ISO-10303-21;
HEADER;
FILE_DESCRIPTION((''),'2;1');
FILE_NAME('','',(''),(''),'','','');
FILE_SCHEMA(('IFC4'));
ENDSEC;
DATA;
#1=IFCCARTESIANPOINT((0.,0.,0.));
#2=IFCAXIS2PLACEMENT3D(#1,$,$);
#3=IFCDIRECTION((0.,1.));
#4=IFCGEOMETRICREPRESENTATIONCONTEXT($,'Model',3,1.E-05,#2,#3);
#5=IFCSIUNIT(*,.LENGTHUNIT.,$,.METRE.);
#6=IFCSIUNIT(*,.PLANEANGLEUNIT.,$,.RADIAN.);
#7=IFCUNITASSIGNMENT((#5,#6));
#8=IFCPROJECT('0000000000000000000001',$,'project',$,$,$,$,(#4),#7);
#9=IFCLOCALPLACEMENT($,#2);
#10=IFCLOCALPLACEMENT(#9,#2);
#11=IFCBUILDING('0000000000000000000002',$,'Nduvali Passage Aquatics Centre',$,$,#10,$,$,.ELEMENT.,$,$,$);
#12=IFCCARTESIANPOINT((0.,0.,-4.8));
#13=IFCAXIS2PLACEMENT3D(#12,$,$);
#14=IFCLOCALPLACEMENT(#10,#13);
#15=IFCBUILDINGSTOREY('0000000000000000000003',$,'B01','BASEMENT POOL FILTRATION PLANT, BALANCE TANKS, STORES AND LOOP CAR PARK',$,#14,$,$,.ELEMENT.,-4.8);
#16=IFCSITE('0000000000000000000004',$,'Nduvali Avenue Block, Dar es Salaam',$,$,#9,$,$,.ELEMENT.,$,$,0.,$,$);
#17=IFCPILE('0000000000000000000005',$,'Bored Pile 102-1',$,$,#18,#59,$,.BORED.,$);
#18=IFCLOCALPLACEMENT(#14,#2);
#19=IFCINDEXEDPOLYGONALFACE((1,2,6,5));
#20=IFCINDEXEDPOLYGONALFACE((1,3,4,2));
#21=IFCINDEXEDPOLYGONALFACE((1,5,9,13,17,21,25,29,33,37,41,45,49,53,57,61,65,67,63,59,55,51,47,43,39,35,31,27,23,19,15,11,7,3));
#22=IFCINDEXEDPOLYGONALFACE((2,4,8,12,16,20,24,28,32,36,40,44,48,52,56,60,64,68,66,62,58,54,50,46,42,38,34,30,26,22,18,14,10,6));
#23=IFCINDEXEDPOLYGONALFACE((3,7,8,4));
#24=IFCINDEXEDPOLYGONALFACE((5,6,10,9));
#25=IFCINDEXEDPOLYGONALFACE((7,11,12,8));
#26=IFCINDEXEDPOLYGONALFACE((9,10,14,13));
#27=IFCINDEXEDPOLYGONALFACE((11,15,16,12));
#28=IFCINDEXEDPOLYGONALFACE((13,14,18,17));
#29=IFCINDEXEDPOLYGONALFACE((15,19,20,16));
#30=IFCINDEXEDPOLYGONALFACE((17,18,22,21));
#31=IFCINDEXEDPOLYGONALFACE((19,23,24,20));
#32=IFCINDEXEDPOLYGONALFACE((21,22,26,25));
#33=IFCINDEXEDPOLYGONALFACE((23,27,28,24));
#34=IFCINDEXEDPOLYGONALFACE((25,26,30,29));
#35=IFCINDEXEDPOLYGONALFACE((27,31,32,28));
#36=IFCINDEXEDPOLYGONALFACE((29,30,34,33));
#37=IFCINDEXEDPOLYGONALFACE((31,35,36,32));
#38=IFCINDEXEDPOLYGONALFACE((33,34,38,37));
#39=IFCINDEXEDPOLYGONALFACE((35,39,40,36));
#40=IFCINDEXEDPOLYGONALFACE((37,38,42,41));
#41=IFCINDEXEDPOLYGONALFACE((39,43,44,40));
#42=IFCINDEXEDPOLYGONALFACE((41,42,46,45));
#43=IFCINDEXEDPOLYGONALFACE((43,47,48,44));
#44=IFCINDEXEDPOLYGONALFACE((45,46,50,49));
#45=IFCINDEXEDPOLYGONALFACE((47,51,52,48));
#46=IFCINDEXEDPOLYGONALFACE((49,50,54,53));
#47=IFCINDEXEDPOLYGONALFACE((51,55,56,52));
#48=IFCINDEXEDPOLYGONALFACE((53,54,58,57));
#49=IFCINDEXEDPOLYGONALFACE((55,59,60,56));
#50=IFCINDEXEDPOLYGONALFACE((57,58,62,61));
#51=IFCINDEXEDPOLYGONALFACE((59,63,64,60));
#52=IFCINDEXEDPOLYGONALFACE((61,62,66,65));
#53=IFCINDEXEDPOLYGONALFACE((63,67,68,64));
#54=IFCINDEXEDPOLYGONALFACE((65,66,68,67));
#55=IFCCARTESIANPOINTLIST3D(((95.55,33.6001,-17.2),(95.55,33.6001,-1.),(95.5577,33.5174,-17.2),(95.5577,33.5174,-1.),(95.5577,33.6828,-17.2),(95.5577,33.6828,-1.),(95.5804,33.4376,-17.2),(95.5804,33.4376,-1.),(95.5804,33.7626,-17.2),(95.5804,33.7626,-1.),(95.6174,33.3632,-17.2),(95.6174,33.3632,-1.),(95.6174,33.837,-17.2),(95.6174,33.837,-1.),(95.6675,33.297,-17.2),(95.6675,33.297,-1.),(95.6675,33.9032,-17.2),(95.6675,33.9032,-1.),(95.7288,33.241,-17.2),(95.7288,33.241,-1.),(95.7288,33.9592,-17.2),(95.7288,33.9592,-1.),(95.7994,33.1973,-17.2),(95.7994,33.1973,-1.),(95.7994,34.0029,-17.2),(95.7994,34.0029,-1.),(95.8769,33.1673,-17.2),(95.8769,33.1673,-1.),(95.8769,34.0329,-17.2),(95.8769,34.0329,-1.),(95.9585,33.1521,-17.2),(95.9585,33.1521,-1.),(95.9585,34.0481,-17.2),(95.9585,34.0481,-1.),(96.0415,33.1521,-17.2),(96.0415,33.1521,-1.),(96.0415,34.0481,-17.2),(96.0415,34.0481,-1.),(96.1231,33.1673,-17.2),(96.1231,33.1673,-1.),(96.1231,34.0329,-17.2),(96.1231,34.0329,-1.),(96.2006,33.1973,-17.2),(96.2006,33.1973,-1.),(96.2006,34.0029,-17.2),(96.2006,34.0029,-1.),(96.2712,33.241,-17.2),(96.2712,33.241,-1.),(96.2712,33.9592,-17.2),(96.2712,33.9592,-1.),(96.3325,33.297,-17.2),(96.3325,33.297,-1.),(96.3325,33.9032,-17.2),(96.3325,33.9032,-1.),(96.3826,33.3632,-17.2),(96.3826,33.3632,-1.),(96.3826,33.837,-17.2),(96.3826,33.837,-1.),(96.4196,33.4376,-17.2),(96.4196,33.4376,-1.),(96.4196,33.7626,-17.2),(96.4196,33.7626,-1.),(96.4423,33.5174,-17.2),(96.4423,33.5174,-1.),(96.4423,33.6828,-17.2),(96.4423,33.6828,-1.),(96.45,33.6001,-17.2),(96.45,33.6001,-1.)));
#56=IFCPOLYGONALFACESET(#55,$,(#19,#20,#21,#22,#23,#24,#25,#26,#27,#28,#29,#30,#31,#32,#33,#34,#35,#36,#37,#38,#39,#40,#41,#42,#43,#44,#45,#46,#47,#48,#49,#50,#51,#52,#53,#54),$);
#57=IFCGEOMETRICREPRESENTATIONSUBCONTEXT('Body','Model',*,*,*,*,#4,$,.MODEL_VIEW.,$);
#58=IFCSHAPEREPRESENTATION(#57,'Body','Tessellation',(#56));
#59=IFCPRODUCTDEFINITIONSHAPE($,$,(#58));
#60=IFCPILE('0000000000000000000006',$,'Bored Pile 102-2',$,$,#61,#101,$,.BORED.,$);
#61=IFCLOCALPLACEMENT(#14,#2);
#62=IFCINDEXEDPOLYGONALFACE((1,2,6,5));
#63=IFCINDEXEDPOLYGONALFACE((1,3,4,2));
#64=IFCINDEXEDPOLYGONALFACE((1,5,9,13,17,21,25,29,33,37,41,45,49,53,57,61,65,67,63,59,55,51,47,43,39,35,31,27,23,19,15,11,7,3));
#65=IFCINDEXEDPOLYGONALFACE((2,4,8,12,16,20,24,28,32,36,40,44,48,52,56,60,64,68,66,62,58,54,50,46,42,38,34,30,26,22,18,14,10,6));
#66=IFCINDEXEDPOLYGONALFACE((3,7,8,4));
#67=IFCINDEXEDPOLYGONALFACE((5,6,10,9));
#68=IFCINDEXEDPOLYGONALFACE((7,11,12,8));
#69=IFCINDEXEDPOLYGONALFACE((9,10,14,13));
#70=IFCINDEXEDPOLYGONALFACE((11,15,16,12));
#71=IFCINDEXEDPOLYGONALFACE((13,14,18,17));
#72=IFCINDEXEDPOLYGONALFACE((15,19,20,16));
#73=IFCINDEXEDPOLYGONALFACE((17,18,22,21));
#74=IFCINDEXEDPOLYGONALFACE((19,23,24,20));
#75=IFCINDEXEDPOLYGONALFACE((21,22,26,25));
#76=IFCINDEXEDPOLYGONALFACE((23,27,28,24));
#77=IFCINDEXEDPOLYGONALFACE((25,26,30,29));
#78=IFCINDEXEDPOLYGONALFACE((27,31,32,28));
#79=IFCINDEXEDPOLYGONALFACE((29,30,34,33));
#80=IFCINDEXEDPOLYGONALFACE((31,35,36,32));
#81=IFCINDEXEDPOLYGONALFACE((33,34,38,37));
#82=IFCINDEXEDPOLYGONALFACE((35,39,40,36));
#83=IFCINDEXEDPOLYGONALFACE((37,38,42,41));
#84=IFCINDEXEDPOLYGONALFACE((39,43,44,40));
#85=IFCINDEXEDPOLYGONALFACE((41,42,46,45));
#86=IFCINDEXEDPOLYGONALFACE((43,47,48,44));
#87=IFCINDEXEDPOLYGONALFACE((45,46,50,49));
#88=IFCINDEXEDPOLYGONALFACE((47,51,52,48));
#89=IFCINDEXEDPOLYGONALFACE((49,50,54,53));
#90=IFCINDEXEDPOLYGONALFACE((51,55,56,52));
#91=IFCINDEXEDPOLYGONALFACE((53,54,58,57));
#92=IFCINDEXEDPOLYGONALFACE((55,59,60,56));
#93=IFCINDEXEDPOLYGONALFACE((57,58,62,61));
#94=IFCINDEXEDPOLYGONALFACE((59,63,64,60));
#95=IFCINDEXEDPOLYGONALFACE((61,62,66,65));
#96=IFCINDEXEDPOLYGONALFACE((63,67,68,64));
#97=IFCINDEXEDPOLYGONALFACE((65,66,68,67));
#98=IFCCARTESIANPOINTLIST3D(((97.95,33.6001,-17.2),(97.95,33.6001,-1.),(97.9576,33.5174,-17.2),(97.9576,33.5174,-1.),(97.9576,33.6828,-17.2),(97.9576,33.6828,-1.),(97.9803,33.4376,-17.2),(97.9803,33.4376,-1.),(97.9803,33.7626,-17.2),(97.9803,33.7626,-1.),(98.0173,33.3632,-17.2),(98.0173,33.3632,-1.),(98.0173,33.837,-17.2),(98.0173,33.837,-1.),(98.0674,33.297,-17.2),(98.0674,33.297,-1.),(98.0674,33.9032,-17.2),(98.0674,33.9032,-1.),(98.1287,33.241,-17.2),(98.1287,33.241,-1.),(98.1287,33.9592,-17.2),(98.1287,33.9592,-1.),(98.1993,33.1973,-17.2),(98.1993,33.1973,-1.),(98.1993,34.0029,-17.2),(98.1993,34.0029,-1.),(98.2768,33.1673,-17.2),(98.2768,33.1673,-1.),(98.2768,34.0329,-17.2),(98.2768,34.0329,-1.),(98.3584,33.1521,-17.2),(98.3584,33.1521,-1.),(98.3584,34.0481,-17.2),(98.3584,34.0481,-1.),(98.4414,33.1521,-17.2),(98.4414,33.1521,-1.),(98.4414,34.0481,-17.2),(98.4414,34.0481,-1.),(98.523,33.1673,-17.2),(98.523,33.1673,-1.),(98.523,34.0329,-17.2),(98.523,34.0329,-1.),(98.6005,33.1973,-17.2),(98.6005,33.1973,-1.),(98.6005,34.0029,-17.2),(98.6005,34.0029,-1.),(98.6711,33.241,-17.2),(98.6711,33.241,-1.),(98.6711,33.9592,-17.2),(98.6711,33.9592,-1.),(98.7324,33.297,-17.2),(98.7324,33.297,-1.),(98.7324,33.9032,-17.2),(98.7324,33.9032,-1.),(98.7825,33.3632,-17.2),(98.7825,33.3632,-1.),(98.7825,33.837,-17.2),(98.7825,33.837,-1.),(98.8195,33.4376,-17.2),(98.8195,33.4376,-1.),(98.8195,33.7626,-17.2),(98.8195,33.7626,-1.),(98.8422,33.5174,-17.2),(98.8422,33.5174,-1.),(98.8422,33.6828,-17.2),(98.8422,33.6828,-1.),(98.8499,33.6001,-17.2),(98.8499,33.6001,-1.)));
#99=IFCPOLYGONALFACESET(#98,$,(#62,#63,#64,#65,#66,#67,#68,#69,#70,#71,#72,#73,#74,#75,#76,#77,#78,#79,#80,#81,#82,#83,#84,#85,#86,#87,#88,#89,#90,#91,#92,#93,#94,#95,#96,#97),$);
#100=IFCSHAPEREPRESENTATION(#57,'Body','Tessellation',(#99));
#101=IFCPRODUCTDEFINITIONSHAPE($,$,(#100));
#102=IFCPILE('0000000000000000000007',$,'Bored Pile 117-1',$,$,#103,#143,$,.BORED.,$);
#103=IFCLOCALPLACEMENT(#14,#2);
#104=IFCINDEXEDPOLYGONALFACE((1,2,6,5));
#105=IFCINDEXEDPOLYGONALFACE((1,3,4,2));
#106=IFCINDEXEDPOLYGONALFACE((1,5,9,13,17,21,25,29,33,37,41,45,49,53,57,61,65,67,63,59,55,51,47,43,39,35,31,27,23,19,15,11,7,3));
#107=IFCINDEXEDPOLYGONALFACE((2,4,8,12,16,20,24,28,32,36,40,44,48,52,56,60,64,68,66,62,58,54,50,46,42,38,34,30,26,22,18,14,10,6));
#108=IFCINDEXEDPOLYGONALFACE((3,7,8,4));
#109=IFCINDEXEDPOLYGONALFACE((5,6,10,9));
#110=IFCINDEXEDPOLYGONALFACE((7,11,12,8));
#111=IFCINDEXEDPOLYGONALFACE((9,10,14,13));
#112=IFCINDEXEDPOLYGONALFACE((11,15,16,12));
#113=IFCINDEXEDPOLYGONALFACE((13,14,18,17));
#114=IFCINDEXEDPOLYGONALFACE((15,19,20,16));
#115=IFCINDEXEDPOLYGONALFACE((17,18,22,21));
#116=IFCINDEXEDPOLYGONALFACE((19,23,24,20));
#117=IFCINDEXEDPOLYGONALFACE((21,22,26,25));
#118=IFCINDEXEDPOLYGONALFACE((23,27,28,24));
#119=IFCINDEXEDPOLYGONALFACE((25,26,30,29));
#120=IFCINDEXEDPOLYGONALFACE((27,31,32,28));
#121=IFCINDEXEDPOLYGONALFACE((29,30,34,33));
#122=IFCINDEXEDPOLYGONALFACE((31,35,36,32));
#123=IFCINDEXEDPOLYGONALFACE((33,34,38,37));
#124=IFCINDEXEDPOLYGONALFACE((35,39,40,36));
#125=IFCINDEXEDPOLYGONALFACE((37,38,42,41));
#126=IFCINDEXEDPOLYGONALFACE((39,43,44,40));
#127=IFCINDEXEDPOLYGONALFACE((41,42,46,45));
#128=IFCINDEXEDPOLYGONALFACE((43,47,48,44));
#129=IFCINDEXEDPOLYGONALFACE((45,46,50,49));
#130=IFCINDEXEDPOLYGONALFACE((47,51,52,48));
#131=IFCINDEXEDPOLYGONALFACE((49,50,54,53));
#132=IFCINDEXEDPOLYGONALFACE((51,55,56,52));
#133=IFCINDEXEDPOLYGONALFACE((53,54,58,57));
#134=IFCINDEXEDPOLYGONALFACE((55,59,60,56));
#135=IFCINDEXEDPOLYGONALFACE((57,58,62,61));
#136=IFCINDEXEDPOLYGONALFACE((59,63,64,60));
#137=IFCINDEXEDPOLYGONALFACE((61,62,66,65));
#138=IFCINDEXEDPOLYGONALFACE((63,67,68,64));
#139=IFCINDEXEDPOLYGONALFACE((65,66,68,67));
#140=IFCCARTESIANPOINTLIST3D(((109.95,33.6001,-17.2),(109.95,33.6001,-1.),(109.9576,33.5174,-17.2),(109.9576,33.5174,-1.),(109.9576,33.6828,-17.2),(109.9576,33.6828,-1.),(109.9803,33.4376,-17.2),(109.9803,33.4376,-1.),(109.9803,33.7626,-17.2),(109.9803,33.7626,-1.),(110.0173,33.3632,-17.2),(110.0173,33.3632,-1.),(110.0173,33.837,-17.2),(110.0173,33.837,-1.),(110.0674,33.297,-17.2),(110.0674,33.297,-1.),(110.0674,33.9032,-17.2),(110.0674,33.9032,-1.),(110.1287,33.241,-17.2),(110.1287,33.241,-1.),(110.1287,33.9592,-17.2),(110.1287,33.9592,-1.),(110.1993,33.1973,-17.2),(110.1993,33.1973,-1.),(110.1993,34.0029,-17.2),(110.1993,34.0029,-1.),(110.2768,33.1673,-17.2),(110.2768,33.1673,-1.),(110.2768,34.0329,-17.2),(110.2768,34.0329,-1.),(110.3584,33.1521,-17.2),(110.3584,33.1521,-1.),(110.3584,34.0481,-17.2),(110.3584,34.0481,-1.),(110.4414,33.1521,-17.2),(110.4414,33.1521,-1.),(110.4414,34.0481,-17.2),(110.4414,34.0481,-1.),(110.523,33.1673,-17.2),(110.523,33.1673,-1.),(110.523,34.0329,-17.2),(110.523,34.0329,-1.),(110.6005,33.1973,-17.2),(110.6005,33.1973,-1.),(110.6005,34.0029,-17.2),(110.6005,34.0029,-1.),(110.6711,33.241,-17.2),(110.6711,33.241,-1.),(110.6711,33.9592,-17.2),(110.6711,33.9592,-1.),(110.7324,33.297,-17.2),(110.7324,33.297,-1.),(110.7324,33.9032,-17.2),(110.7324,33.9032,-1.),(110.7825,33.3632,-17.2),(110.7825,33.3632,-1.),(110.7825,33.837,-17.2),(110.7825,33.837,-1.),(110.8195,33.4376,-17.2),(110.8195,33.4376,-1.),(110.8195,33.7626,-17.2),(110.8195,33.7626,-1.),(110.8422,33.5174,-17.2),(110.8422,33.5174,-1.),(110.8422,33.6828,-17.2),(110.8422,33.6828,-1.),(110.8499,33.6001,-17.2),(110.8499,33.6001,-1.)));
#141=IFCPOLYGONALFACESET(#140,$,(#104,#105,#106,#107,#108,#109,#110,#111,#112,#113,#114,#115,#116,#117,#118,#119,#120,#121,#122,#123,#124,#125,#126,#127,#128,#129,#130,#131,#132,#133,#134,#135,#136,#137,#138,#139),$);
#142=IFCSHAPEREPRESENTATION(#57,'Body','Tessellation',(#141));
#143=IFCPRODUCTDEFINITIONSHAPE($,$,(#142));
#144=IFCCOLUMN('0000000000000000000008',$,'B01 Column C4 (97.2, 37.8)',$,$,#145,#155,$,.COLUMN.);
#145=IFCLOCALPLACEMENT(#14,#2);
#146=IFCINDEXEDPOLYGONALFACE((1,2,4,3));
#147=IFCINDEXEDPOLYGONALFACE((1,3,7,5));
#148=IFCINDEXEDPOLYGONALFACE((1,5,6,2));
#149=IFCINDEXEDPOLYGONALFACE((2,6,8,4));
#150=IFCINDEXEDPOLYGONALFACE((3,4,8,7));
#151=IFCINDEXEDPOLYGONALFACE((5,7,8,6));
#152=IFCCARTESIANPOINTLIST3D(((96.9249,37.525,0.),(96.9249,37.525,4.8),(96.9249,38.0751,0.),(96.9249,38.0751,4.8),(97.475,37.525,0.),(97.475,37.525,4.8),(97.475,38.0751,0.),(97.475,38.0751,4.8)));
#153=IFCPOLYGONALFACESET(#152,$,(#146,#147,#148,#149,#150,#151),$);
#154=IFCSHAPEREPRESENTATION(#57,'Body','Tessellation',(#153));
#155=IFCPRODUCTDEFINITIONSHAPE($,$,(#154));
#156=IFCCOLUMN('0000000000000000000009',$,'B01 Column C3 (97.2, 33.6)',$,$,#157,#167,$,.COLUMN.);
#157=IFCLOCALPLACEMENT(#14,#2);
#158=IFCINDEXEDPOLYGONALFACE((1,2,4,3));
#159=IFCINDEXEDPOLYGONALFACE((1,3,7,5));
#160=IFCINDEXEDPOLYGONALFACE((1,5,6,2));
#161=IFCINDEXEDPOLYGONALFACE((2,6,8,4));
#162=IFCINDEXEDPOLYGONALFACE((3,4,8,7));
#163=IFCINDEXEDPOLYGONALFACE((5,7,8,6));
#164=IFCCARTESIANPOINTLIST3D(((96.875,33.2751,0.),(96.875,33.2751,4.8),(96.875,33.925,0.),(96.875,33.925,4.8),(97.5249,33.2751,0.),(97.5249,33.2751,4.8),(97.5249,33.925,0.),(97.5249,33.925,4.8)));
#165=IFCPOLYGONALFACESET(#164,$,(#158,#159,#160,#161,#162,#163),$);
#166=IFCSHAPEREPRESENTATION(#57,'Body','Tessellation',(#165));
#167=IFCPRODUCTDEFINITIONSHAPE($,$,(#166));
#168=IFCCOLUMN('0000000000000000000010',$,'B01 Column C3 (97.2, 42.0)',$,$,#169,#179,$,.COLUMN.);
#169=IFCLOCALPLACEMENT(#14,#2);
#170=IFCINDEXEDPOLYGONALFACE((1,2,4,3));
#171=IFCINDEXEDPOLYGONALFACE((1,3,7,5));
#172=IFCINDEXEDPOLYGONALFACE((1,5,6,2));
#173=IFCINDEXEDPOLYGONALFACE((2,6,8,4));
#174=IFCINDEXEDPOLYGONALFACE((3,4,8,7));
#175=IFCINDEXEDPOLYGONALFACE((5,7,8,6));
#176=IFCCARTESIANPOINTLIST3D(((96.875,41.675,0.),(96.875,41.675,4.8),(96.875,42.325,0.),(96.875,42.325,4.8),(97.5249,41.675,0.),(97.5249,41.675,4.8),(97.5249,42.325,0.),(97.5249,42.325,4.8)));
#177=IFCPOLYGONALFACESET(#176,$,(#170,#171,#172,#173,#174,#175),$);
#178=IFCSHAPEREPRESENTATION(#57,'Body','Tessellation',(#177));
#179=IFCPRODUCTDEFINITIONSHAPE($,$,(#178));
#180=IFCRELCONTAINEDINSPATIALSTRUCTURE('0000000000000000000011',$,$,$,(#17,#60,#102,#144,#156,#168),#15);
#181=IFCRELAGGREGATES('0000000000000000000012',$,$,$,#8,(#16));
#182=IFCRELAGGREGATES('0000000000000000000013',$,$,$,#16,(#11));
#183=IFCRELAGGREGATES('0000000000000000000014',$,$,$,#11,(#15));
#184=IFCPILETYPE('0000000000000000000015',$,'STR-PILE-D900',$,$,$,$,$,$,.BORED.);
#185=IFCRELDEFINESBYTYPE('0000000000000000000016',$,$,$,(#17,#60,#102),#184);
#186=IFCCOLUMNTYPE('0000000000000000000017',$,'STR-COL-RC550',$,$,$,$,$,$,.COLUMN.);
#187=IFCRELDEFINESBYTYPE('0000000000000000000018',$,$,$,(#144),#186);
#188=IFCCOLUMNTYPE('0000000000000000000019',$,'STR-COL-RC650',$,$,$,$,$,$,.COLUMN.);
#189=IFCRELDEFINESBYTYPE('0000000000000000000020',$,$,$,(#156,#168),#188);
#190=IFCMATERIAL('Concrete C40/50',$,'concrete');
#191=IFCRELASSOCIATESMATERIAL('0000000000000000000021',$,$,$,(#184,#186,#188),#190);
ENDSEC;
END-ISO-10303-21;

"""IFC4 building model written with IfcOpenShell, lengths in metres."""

from ifc_helpers import new_model, si_unit, direction, frame, origin, origin_2d, place, context, subcontext, project, spatial, rectangle, circle, extrude, material, material_profile, profile_set, type_object, element, save


model = new_model("IFC4")

# Units and contexts
model_context = context("Model", 3, precision=1e-05, world=origin(), true_north=direction((0.0, 1.0)))
body_context = subcontext(model_context, "Body", "Model", "MODEL_VIEW")
ifc_project = project(units=[si_unit("LENGTHUNIT", "METRE"), si_unit("PLANEANGLEUNIT", "RADIAN")], contexts=[model_context])

# Site, building, storey
site_placement = place(None, origin())
site = spatial("IfcSite", under=ifc_project, at=site_placement, Name="Nduvali Avenue Block, Dar es Salaam", CompositionType="ELEMENT", RefElevation=0.0)
building_placement = place(site_placement, origin())
building = spatial("IfcBuilding", under=site, at=building_placement, Name="Nduvali Passage Aquatics Centre", CompositionType="ELEMENT")
storey_placement = place(building_placement, frame((0.0, 0.0, -4.8)))
storey = spatial("IfcBuildingStorey", under=building, at=storey_placement, Name="B01", Description="BASEMENT POOL FILTRATION PLANT, BALANCE TANKS, STORES AND LOOP CAR PARK", CompositionType="ELEMENT", Elevation=-4.8)

# Shared definitions
ifc_material = material(Name="Concrete C40/50", Category="concrete")

# Piles
ifc_material_profile_1 = material_profile(ifc_material, circle(Radius=0.45, at=origin_2d()), Name="PILE D900")
ifc_profile_set_1 = profile_set([ifc_material_profile_1], Name="Concrete C40/50")
pile_type_1 = type_object("IfcPileType", Name="STR-PILE-D900", PredefinedType="BORED", material=ifc_profile_set_1)
for number, where, z_axis, x_axis, name in (
    (1, (96.0, 33.6001, -1.0), (0.0, 0.0, -1.0), (1.0, 0.0, 0.0), "Bored Pile 102-1"),
    (2, (98.3999, 33.6001, -1.0), (0.0, 0.0, -1.0), (1.0, 0.0, 0.0), "Bored Pile 102-2"),
    (3, (110.3999, 33.6001, -1.0), (0.0, 0.0, -1.0), (1.0, 0.0, 0.0), "Bored Pile 117-1"),
):
    element("IfcPile", number, at=place(storey_placement, frame(where, z_axis=z_axis, x_axis=x_axis)), inside=storey, type_object=pile_type_1, Name=name, PredefinedType="BORED", context=body_context, shape_type="SweptSolid", body=[
        extrude(circle(Radius=0.45, at=origin_2d()), origin(), (0.0, 0.0, 1.0), 16.2),
    ])

# Columns
ifc_material_profile_2 = material_profile(ifc_material, rectangle(XDim=0.55, YDim=0.55, at=origin_2d()), Name="RC 550x550")
ifc_profile_set_2 = profile_set([ifc_material_profile_2], Name="Concrete C40/50")
column_type_1 = type_object("IfcColumnType", Name="STR-COL-RC550", PredefinedType="COLUMN", material=ifc_profile_set_2)
column_placement = place(storey_placement, frame((97.2, 37.8, 0.0), z_axis=(0.0, 0.0, 1.0), x_axis=(1.0, 0.0, 0.0)))
element("IfcColumn", 4, at=column_placement, inside=storey, type_object=column_type_1, Name="B01 Column C4 (97.2, 37.8)", PredefinedType="COLUMN", context=body_context, shape_type="SweptSolid", body=[
    extrude(rectangle(XDim=0.55, YDim=0.55, at=origin_2d()), origin(), (0.0, 0.0, 1.0), 4.8),
])
ifc_material_profile_3 = material_profile(ifc_material, rectangle(XDim=0.6499, YDim=0.6499, at=origin_2d()), Name="RC 650x650")
ifc_profile_set_3 = profile_set([ifc_material_profile_3], Name="Concrete C40/50")
column_type_2 = type_object("IfcColumnType", Name="STR-COL-RC650", PredefinedType="COLUMN", material=ifc_profile_set_3)
for number, where, z_axis, x_axis, name in (
    (5, (97.2, 33.6001, 0.0), (0.0, 0.0, 1.0), (1.0, 0.0, 0.0), "B01 Column C3 (97.2, 33.6)"),
    (6, (97.2, 42.0, 0.0), (0.0, 0.0, 1.0), (1.0, 0.0, 0.0), "B01 Column C3 (97.2, 42.0)"),
):
    element("IfcColumn", number, at=place(storey_placement, frame(where, z_axis=z_axis, x_axis=x_axis)), inside=storey, type_object=column_type_2, Name=name, PredefinedType="COLUMN", context=body_context, shape_type="SweptSolid", body=[
        extrude(rectangle(XDim=0.6499, YDim=0.6499, at=origin_2d()), origin(), (0.0, 0.0, 1.0), 4.8),
    ])

save(model, "model.ifc")
